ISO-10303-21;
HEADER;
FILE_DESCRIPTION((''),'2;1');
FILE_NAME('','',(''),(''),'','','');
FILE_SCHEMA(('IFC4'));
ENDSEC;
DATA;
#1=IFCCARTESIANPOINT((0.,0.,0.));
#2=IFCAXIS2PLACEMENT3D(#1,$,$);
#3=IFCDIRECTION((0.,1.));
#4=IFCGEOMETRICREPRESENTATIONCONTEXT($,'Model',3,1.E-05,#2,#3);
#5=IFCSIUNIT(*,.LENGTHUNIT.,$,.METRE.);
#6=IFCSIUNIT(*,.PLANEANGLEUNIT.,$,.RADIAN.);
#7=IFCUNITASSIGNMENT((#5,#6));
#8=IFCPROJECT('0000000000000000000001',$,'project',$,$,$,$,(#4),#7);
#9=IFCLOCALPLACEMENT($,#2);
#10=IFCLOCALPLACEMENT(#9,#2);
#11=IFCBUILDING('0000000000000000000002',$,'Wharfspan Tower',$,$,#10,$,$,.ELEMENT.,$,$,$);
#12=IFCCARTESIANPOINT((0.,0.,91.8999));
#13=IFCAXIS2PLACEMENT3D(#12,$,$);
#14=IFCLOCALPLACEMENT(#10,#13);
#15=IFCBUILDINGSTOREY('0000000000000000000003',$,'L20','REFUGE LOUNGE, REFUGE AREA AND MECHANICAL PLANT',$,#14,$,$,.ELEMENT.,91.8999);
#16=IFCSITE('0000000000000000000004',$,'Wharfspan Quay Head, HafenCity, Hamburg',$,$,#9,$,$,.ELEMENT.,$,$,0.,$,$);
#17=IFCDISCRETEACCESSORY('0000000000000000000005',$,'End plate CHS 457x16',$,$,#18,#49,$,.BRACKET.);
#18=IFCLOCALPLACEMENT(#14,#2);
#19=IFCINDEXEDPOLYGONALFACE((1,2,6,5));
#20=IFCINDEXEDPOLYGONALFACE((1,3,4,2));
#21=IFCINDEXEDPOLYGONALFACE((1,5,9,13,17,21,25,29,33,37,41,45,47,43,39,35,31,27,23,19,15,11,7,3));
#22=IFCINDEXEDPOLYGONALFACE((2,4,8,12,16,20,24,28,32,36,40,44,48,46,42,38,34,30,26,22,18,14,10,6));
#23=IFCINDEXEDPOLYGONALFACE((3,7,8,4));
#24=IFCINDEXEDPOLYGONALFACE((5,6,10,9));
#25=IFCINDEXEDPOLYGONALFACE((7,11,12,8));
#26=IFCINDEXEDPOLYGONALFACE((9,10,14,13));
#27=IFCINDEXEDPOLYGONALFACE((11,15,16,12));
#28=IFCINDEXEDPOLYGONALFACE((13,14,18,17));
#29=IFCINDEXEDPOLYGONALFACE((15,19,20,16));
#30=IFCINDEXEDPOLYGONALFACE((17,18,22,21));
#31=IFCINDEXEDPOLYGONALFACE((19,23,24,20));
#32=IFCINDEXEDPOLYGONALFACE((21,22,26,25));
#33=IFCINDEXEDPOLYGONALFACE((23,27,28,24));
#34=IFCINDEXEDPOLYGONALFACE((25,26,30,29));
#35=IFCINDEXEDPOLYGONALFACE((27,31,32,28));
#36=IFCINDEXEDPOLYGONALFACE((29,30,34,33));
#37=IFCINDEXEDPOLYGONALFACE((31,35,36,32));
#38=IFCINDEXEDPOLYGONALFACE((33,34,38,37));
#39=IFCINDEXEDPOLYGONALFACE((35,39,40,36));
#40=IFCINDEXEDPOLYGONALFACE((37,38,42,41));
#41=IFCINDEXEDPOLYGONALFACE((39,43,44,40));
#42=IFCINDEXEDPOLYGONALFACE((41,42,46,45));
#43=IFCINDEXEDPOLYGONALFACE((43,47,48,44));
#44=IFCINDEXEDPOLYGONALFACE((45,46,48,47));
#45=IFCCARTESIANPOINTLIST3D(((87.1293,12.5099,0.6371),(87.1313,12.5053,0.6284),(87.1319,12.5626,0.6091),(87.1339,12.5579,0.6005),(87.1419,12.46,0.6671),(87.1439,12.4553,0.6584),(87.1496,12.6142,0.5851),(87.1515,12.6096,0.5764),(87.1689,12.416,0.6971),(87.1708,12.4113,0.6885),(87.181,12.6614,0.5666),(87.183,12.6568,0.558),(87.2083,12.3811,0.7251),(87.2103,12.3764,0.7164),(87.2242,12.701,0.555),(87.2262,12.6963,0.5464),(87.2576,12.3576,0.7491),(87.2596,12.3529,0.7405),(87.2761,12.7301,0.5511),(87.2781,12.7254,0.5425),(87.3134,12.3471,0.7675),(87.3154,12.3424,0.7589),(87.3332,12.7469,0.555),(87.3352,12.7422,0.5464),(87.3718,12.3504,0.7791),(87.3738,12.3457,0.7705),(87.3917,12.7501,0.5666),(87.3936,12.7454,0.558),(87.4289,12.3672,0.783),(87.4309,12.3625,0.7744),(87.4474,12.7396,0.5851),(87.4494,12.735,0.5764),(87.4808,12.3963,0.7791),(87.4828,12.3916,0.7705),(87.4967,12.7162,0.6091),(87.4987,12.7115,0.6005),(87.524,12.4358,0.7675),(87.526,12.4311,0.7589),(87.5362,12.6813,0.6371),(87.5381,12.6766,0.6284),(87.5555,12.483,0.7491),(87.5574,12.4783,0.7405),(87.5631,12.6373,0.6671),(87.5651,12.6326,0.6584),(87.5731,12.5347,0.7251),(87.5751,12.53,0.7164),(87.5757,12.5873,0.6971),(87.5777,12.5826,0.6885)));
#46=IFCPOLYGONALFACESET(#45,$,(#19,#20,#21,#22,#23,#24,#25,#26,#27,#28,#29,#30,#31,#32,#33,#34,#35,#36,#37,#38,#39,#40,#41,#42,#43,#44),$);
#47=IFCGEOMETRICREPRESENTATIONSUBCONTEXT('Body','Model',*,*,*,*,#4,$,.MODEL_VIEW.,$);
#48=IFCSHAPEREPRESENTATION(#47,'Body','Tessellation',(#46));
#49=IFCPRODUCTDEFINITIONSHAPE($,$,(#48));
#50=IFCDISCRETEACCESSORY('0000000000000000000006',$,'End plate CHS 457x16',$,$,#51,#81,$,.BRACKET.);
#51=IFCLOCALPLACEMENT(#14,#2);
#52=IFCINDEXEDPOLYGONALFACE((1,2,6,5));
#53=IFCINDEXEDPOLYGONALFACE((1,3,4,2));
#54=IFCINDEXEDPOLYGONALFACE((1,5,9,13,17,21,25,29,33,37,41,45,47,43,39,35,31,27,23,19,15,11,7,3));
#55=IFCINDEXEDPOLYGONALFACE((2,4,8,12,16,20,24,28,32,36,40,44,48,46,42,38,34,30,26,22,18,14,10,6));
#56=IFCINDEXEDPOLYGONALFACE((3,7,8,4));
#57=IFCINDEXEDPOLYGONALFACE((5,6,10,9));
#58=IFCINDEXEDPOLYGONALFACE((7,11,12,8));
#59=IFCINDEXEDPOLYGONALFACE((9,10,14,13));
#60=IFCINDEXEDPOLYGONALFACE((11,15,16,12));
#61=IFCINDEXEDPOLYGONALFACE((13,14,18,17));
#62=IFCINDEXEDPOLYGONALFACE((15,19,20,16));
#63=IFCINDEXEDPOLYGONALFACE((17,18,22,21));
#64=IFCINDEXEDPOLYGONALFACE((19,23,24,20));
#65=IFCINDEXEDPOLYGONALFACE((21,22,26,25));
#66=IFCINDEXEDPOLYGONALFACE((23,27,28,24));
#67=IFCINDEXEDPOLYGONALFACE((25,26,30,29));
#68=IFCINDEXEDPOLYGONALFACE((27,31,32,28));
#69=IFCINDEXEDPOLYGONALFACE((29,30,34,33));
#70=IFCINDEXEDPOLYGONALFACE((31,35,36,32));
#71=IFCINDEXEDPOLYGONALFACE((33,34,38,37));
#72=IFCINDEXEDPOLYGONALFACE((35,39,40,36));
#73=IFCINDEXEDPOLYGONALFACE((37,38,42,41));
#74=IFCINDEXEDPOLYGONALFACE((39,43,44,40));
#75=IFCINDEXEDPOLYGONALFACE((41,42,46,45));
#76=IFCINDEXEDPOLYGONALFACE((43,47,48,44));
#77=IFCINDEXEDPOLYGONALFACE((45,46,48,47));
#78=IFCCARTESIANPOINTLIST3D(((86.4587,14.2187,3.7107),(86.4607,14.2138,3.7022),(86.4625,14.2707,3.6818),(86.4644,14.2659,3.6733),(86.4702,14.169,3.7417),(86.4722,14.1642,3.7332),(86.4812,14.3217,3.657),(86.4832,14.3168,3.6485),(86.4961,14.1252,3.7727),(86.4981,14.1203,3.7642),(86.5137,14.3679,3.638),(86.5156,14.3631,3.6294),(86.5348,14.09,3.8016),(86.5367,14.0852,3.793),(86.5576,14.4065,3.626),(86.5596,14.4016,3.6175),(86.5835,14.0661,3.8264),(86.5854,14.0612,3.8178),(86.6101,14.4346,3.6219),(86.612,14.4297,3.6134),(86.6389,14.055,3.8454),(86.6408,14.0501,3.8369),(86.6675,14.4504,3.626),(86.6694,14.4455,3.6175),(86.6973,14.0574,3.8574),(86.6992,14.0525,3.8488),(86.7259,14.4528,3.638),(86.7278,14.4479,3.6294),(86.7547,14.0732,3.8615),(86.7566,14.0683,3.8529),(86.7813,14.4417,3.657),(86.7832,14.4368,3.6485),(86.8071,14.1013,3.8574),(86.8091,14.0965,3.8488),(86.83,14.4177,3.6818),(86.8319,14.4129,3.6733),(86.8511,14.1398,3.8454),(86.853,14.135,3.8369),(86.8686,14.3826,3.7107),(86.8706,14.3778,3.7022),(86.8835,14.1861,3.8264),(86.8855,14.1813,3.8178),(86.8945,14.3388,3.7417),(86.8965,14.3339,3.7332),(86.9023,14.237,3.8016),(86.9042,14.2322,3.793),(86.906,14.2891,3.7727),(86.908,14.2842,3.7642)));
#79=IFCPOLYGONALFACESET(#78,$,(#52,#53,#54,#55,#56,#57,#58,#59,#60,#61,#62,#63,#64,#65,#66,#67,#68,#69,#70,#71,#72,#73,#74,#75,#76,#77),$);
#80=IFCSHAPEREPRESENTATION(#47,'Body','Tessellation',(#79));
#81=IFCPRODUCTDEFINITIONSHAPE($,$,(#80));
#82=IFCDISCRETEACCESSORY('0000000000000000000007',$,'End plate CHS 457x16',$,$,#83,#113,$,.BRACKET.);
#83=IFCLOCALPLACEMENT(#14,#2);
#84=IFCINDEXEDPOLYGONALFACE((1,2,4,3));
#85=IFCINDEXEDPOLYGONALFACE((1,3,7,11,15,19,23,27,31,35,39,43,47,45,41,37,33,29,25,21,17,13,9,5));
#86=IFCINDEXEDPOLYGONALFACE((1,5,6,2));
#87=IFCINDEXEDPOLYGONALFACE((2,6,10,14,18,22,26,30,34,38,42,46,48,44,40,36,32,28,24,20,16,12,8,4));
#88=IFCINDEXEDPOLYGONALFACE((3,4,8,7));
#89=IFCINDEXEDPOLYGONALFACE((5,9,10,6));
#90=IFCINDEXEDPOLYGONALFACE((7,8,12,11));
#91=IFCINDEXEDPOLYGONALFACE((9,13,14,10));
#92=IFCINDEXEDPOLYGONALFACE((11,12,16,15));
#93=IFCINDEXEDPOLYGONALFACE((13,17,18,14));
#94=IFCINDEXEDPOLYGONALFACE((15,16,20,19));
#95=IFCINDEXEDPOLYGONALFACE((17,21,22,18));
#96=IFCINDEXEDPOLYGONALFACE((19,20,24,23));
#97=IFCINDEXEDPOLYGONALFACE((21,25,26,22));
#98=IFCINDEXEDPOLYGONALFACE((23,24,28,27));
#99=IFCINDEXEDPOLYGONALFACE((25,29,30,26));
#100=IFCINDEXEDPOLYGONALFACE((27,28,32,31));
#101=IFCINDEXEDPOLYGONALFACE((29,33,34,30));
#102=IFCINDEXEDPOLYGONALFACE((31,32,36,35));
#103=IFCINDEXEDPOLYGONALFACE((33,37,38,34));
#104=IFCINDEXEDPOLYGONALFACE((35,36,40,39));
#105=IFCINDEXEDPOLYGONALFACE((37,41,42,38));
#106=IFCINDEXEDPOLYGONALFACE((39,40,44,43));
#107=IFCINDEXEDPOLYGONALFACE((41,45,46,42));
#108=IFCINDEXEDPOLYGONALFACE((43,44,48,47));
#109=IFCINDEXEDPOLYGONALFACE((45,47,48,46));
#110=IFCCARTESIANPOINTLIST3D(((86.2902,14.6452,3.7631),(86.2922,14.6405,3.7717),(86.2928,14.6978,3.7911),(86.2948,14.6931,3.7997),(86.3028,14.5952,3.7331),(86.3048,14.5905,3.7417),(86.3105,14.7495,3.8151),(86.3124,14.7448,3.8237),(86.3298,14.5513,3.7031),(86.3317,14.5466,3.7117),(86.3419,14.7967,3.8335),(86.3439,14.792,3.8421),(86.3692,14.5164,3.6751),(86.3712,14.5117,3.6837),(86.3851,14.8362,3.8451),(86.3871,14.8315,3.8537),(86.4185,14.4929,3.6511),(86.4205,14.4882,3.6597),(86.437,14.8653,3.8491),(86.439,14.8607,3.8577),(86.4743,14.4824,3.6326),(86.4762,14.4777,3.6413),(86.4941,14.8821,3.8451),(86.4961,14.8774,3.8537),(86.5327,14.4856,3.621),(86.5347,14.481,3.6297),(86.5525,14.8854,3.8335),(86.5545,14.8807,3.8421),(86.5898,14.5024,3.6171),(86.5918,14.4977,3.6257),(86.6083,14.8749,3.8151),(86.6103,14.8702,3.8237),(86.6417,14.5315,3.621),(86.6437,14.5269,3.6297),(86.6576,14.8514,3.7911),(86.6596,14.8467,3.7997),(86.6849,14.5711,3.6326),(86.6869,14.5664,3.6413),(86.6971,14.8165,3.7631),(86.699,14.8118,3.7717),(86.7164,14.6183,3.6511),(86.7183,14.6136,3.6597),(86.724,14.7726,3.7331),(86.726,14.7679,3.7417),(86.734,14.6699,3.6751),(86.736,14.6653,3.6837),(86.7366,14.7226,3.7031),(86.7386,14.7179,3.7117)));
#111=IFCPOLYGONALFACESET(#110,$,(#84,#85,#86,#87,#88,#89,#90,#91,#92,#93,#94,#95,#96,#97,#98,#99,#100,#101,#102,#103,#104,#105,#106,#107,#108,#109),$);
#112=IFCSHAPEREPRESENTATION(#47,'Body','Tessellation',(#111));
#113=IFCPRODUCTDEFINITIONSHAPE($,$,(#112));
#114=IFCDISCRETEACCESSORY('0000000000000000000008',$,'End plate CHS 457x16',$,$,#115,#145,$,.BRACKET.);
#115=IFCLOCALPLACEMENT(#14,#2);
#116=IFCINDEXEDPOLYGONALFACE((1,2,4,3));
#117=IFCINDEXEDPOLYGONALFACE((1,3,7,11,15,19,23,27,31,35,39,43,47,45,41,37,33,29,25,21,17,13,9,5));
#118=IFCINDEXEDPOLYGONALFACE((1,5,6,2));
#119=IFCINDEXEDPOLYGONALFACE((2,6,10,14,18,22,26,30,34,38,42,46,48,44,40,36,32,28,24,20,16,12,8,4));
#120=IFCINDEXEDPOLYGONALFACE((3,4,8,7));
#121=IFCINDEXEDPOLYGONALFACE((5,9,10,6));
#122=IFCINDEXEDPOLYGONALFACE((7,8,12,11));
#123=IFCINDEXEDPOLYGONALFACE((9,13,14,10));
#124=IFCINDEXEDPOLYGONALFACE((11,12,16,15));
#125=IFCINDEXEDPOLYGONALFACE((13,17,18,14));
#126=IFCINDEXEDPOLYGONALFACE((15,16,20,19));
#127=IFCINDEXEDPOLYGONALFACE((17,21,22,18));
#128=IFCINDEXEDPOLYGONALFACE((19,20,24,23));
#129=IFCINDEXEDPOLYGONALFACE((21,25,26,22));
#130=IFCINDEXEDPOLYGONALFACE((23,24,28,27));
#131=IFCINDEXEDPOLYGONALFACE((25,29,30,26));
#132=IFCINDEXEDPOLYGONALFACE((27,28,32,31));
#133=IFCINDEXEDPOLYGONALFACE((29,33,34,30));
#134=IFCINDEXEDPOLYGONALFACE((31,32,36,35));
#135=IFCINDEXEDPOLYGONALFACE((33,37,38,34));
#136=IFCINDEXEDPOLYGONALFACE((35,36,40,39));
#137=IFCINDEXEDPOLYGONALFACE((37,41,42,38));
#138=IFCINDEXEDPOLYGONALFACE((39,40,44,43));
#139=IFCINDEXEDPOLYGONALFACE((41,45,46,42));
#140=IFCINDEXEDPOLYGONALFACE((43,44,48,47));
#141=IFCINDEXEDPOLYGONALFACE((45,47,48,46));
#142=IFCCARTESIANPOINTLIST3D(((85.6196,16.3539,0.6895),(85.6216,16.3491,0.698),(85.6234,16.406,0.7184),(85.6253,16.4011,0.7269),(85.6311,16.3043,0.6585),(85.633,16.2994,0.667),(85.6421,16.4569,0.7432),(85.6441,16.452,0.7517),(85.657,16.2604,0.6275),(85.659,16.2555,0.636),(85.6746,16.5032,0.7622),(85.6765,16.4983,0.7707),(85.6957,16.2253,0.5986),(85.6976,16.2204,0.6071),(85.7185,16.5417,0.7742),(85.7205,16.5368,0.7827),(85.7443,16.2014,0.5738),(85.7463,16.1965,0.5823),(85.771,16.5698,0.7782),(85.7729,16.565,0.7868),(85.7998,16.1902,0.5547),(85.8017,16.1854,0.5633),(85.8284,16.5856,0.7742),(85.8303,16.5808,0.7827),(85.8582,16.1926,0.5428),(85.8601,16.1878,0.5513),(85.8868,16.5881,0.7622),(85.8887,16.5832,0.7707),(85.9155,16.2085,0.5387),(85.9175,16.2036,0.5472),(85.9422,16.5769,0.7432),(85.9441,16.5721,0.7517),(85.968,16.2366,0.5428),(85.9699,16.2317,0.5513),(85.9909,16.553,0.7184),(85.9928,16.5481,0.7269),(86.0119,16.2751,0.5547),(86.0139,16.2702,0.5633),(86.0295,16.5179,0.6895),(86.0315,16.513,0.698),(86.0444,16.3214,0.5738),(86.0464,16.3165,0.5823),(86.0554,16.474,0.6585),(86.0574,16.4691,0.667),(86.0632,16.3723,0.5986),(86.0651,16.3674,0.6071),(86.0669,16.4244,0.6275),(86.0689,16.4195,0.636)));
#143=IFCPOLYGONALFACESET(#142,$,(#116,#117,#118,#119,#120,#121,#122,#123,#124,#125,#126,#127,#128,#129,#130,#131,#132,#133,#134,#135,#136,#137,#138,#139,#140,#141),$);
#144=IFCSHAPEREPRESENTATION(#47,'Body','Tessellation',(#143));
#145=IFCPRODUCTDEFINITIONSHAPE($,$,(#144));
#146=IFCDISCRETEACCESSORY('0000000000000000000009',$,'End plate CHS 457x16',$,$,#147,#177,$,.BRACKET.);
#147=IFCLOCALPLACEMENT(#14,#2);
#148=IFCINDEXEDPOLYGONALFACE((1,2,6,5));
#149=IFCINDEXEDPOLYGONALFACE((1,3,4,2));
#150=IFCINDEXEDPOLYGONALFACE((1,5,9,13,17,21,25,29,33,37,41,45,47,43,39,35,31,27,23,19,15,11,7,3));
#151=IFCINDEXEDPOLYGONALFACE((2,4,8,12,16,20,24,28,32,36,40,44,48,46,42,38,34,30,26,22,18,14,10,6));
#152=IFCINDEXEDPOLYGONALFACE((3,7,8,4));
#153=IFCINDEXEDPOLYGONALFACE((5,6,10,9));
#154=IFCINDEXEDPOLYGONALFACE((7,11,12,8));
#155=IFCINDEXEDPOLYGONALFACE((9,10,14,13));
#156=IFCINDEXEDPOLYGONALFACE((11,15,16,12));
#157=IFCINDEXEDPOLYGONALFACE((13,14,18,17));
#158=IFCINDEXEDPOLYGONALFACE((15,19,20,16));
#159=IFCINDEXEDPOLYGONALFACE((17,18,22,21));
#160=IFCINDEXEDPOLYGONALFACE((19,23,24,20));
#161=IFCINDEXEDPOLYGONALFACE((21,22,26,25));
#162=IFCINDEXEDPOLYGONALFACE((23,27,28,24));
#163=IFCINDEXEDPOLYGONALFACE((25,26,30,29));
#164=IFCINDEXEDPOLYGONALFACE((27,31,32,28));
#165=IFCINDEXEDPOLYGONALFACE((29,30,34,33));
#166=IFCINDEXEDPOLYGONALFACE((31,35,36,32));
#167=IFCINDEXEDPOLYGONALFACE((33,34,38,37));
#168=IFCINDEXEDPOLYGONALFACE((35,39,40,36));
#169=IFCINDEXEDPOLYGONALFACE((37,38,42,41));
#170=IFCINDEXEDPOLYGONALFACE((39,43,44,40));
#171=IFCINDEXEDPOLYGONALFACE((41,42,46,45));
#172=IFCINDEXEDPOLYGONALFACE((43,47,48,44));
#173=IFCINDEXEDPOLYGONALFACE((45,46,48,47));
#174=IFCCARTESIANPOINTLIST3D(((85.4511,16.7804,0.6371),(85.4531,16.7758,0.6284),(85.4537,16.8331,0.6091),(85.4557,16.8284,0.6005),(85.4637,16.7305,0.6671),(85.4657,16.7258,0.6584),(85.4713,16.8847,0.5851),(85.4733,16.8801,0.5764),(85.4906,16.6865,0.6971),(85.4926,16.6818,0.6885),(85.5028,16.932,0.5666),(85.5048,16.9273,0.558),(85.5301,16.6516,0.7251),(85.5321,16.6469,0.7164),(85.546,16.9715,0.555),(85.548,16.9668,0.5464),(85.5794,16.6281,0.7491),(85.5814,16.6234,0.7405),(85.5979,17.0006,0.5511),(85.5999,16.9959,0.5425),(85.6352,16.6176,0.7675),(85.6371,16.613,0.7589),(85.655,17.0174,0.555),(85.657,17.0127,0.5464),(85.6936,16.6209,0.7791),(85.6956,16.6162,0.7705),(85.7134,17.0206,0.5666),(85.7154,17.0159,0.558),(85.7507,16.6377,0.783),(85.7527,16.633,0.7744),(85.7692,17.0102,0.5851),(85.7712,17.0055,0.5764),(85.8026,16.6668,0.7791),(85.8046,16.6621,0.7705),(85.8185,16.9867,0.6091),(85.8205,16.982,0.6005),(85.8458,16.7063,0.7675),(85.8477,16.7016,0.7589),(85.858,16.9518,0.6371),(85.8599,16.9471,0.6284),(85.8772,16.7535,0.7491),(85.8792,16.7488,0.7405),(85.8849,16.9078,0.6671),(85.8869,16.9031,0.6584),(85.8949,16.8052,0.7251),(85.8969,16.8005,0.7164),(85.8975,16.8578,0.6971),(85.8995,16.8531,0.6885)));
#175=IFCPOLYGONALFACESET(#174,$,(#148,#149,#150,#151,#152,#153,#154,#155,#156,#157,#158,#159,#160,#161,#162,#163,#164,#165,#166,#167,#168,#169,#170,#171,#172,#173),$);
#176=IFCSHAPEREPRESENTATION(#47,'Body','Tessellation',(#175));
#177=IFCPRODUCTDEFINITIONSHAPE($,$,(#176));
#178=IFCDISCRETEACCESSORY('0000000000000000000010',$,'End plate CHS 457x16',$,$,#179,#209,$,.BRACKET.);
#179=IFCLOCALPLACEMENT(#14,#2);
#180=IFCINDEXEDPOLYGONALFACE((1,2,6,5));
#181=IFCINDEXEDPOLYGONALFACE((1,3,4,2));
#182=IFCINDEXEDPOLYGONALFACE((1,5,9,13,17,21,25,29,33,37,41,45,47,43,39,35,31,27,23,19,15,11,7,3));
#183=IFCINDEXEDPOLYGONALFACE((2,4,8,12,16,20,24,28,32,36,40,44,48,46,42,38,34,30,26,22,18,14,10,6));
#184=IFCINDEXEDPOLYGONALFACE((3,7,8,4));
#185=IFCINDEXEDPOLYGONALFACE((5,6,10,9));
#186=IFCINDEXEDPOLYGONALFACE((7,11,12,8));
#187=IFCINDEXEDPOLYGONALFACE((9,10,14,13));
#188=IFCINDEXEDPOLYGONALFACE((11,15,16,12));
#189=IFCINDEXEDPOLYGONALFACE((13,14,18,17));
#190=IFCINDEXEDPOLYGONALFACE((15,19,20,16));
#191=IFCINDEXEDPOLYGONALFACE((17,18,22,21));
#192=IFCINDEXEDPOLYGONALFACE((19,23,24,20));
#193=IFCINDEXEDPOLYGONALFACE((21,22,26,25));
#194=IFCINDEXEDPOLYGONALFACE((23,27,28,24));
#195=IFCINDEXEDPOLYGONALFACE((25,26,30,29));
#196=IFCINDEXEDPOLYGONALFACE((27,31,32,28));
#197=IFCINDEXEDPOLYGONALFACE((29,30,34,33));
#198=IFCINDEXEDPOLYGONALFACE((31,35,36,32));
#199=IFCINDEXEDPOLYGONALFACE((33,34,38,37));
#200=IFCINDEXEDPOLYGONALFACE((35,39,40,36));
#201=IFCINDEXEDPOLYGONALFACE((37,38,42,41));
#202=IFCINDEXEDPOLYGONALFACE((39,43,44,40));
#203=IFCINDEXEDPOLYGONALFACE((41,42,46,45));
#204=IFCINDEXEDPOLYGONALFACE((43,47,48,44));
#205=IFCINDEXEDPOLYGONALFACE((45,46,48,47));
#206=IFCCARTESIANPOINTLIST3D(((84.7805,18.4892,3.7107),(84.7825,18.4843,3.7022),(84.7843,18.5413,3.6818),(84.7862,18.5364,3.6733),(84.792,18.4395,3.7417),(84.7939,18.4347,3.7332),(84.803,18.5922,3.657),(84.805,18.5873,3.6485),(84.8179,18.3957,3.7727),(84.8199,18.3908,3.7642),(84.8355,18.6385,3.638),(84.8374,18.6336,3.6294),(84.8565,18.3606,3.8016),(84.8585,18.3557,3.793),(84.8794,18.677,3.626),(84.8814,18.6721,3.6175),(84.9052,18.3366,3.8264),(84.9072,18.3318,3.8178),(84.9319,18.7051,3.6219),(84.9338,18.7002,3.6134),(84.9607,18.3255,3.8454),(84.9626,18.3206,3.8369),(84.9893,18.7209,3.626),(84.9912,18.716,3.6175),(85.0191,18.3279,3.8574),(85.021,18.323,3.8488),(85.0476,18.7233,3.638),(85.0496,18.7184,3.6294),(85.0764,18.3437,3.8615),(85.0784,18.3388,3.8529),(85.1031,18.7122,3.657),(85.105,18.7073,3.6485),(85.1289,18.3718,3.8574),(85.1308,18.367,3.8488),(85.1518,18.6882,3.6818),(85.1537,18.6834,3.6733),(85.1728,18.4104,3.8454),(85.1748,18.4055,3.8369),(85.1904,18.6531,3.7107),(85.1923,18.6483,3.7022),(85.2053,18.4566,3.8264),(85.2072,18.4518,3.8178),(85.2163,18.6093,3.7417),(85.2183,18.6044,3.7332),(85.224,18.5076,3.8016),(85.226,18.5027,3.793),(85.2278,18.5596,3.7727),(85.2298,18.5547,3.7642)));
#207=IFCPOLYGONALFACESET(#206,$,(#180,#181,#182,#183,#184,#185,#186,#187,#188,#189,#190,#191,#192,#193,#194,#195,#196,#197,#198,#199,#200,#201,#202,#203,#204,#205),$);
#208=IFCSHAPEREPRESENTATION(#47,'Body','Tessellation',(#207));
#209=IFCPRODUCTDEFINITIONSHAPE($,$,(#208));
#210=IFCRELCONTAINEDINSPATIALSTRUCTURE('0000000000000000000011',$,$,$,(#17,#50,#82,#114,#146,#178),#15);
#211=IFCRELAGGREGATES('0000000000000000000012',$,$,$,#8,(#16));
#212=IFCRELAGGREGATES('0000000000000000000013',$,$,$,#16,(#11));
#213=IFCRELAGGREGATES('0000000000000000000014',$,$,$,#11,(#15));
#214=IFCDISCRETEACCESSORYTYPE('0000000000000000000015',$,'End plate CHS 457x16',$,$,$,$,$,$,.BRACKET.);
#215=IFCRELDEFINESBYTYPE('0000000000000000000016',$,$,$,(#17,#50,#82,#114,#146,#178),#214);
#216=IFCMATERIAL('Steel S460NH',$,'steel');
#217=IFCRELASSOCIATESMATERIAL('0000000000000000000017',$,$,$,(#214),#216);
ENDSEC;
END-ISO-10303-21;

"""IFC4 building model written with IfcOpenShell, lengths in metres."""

from ifc_helpers import new_model, si_unit, direction, frame, origin, origin_2d, place, context, subcontext, project, spatial, circle, extrude, material, material_profile, profile_set, type_object, element, save


model = new_model("IFC4")

# Units and contexts
model_context = context("Model", 3, precision=1e-05, world=origin(), true_north=direction((0.0, 1.0)))
body_context = subcontext(model_context, "Body", "Model", "MODEL_VIEW")
ifc_project = project(units=[si_unit("LENGTHUNIT", "METRE"), si_unit("PLANEANGLEUNIT", "RADIAN")], contexts=[model_context])

# Site, building, storey
site_placement = place(None, origin())
site = spatial("IfcSite", under=ifc_project, at=site_placement, Name="Wharfspan Quay Head, HafenCity, Hamburg", CompositionType="ELEMENT", RefElevation=0.0)
building_placement = place(site_placement, origin())
building = spatial("IfcBuilding", under=site, at=building_placement, Name="Wharfspan Tower", CompositionType="ELEMENT")
storey_placement = place(building_placement, frame((0.0, 0.0, 91.8999)))
storey = spatial("IfcBuildingStorey", under=building, at=storey_placement, Name="L20", Description="REFUGE LOUNGE, REFUGE AREA AND MECHANICAL PLANT", CompositionType="ELEMENT", Elevation=91.8999)

# Shared definitions
ifc_material_1 = material(Name="Steel S460NH", Category="steel")

# Discrete accessories
ifc_material_profile_1 = material_profile(ifc_material_1, circle(Radius=0.2285, at=origin_2d()))
ifc_profile_set_1 = profile_set([ifc_material_profile_1], Name="Steel S460NH")
discrete_accessory_type_1 = type_object("IfcDiscreteAccessoryType", Name="End plate CHS 457x16", PredefinedType="BRACKET", material=ifc_profile_set_1)
for number, where, z_axis, x_axis, name in (
    (1, (87.3545, 12.5439, 0.6584), (-0.196946, 0.467748, 0.86164), (-0.921633, -0.388055, 0.0), "End plate CHS 457x16"),
    (2, (86.6843, 14.249, 3.7332), (-0.194659, 0.486648, 0.851634), (-0.928476, -0.37139, 0.0), "End plate CHS 457x16"),
    (3, (86.5154, 14.6792, 3.7417), (-0.196946, 0.467748, -0.86164), (-0.921633, -0.388055, 0.0), "End plate CHS 457x16"),
    (4, (85.8452, 16.3843, 0.667), (-0.194659, 0.486648, -0.851634), (-0.928476, -0.37139, 0.0), "End plate CHS 457x16"),
    (5, (85.6763, 16.8145, 0.6584), (-0.196946, 0.467748, 0.86164), (-0.921633, -0.388055, 0.0), "End plate CHS 457x16"),
    (6, (85.0061, 18.5195, 3.7332), (-0.194659, 0.486648, 0.851634), (-0.928476, -0.37139, 0.0), "End plate CHS 457x16"),
):
    element("IfcDiscreteAccessory", number, at=place(storey_placement, frame(where, z_axis=z_axis, x_axis=x_axis)), inside=storey, type_object=discrete_accessory_type_1, Name=name, PredefinedType="BRACKET", context=body_context, shape_type="SweptSolid", body=[
        extrude(circle(Radius=0.2285, at=origin_2d()), origin(), (0.0, 0.0, 1.0), 0.01),
    ])

save(model, "model.ifc")
